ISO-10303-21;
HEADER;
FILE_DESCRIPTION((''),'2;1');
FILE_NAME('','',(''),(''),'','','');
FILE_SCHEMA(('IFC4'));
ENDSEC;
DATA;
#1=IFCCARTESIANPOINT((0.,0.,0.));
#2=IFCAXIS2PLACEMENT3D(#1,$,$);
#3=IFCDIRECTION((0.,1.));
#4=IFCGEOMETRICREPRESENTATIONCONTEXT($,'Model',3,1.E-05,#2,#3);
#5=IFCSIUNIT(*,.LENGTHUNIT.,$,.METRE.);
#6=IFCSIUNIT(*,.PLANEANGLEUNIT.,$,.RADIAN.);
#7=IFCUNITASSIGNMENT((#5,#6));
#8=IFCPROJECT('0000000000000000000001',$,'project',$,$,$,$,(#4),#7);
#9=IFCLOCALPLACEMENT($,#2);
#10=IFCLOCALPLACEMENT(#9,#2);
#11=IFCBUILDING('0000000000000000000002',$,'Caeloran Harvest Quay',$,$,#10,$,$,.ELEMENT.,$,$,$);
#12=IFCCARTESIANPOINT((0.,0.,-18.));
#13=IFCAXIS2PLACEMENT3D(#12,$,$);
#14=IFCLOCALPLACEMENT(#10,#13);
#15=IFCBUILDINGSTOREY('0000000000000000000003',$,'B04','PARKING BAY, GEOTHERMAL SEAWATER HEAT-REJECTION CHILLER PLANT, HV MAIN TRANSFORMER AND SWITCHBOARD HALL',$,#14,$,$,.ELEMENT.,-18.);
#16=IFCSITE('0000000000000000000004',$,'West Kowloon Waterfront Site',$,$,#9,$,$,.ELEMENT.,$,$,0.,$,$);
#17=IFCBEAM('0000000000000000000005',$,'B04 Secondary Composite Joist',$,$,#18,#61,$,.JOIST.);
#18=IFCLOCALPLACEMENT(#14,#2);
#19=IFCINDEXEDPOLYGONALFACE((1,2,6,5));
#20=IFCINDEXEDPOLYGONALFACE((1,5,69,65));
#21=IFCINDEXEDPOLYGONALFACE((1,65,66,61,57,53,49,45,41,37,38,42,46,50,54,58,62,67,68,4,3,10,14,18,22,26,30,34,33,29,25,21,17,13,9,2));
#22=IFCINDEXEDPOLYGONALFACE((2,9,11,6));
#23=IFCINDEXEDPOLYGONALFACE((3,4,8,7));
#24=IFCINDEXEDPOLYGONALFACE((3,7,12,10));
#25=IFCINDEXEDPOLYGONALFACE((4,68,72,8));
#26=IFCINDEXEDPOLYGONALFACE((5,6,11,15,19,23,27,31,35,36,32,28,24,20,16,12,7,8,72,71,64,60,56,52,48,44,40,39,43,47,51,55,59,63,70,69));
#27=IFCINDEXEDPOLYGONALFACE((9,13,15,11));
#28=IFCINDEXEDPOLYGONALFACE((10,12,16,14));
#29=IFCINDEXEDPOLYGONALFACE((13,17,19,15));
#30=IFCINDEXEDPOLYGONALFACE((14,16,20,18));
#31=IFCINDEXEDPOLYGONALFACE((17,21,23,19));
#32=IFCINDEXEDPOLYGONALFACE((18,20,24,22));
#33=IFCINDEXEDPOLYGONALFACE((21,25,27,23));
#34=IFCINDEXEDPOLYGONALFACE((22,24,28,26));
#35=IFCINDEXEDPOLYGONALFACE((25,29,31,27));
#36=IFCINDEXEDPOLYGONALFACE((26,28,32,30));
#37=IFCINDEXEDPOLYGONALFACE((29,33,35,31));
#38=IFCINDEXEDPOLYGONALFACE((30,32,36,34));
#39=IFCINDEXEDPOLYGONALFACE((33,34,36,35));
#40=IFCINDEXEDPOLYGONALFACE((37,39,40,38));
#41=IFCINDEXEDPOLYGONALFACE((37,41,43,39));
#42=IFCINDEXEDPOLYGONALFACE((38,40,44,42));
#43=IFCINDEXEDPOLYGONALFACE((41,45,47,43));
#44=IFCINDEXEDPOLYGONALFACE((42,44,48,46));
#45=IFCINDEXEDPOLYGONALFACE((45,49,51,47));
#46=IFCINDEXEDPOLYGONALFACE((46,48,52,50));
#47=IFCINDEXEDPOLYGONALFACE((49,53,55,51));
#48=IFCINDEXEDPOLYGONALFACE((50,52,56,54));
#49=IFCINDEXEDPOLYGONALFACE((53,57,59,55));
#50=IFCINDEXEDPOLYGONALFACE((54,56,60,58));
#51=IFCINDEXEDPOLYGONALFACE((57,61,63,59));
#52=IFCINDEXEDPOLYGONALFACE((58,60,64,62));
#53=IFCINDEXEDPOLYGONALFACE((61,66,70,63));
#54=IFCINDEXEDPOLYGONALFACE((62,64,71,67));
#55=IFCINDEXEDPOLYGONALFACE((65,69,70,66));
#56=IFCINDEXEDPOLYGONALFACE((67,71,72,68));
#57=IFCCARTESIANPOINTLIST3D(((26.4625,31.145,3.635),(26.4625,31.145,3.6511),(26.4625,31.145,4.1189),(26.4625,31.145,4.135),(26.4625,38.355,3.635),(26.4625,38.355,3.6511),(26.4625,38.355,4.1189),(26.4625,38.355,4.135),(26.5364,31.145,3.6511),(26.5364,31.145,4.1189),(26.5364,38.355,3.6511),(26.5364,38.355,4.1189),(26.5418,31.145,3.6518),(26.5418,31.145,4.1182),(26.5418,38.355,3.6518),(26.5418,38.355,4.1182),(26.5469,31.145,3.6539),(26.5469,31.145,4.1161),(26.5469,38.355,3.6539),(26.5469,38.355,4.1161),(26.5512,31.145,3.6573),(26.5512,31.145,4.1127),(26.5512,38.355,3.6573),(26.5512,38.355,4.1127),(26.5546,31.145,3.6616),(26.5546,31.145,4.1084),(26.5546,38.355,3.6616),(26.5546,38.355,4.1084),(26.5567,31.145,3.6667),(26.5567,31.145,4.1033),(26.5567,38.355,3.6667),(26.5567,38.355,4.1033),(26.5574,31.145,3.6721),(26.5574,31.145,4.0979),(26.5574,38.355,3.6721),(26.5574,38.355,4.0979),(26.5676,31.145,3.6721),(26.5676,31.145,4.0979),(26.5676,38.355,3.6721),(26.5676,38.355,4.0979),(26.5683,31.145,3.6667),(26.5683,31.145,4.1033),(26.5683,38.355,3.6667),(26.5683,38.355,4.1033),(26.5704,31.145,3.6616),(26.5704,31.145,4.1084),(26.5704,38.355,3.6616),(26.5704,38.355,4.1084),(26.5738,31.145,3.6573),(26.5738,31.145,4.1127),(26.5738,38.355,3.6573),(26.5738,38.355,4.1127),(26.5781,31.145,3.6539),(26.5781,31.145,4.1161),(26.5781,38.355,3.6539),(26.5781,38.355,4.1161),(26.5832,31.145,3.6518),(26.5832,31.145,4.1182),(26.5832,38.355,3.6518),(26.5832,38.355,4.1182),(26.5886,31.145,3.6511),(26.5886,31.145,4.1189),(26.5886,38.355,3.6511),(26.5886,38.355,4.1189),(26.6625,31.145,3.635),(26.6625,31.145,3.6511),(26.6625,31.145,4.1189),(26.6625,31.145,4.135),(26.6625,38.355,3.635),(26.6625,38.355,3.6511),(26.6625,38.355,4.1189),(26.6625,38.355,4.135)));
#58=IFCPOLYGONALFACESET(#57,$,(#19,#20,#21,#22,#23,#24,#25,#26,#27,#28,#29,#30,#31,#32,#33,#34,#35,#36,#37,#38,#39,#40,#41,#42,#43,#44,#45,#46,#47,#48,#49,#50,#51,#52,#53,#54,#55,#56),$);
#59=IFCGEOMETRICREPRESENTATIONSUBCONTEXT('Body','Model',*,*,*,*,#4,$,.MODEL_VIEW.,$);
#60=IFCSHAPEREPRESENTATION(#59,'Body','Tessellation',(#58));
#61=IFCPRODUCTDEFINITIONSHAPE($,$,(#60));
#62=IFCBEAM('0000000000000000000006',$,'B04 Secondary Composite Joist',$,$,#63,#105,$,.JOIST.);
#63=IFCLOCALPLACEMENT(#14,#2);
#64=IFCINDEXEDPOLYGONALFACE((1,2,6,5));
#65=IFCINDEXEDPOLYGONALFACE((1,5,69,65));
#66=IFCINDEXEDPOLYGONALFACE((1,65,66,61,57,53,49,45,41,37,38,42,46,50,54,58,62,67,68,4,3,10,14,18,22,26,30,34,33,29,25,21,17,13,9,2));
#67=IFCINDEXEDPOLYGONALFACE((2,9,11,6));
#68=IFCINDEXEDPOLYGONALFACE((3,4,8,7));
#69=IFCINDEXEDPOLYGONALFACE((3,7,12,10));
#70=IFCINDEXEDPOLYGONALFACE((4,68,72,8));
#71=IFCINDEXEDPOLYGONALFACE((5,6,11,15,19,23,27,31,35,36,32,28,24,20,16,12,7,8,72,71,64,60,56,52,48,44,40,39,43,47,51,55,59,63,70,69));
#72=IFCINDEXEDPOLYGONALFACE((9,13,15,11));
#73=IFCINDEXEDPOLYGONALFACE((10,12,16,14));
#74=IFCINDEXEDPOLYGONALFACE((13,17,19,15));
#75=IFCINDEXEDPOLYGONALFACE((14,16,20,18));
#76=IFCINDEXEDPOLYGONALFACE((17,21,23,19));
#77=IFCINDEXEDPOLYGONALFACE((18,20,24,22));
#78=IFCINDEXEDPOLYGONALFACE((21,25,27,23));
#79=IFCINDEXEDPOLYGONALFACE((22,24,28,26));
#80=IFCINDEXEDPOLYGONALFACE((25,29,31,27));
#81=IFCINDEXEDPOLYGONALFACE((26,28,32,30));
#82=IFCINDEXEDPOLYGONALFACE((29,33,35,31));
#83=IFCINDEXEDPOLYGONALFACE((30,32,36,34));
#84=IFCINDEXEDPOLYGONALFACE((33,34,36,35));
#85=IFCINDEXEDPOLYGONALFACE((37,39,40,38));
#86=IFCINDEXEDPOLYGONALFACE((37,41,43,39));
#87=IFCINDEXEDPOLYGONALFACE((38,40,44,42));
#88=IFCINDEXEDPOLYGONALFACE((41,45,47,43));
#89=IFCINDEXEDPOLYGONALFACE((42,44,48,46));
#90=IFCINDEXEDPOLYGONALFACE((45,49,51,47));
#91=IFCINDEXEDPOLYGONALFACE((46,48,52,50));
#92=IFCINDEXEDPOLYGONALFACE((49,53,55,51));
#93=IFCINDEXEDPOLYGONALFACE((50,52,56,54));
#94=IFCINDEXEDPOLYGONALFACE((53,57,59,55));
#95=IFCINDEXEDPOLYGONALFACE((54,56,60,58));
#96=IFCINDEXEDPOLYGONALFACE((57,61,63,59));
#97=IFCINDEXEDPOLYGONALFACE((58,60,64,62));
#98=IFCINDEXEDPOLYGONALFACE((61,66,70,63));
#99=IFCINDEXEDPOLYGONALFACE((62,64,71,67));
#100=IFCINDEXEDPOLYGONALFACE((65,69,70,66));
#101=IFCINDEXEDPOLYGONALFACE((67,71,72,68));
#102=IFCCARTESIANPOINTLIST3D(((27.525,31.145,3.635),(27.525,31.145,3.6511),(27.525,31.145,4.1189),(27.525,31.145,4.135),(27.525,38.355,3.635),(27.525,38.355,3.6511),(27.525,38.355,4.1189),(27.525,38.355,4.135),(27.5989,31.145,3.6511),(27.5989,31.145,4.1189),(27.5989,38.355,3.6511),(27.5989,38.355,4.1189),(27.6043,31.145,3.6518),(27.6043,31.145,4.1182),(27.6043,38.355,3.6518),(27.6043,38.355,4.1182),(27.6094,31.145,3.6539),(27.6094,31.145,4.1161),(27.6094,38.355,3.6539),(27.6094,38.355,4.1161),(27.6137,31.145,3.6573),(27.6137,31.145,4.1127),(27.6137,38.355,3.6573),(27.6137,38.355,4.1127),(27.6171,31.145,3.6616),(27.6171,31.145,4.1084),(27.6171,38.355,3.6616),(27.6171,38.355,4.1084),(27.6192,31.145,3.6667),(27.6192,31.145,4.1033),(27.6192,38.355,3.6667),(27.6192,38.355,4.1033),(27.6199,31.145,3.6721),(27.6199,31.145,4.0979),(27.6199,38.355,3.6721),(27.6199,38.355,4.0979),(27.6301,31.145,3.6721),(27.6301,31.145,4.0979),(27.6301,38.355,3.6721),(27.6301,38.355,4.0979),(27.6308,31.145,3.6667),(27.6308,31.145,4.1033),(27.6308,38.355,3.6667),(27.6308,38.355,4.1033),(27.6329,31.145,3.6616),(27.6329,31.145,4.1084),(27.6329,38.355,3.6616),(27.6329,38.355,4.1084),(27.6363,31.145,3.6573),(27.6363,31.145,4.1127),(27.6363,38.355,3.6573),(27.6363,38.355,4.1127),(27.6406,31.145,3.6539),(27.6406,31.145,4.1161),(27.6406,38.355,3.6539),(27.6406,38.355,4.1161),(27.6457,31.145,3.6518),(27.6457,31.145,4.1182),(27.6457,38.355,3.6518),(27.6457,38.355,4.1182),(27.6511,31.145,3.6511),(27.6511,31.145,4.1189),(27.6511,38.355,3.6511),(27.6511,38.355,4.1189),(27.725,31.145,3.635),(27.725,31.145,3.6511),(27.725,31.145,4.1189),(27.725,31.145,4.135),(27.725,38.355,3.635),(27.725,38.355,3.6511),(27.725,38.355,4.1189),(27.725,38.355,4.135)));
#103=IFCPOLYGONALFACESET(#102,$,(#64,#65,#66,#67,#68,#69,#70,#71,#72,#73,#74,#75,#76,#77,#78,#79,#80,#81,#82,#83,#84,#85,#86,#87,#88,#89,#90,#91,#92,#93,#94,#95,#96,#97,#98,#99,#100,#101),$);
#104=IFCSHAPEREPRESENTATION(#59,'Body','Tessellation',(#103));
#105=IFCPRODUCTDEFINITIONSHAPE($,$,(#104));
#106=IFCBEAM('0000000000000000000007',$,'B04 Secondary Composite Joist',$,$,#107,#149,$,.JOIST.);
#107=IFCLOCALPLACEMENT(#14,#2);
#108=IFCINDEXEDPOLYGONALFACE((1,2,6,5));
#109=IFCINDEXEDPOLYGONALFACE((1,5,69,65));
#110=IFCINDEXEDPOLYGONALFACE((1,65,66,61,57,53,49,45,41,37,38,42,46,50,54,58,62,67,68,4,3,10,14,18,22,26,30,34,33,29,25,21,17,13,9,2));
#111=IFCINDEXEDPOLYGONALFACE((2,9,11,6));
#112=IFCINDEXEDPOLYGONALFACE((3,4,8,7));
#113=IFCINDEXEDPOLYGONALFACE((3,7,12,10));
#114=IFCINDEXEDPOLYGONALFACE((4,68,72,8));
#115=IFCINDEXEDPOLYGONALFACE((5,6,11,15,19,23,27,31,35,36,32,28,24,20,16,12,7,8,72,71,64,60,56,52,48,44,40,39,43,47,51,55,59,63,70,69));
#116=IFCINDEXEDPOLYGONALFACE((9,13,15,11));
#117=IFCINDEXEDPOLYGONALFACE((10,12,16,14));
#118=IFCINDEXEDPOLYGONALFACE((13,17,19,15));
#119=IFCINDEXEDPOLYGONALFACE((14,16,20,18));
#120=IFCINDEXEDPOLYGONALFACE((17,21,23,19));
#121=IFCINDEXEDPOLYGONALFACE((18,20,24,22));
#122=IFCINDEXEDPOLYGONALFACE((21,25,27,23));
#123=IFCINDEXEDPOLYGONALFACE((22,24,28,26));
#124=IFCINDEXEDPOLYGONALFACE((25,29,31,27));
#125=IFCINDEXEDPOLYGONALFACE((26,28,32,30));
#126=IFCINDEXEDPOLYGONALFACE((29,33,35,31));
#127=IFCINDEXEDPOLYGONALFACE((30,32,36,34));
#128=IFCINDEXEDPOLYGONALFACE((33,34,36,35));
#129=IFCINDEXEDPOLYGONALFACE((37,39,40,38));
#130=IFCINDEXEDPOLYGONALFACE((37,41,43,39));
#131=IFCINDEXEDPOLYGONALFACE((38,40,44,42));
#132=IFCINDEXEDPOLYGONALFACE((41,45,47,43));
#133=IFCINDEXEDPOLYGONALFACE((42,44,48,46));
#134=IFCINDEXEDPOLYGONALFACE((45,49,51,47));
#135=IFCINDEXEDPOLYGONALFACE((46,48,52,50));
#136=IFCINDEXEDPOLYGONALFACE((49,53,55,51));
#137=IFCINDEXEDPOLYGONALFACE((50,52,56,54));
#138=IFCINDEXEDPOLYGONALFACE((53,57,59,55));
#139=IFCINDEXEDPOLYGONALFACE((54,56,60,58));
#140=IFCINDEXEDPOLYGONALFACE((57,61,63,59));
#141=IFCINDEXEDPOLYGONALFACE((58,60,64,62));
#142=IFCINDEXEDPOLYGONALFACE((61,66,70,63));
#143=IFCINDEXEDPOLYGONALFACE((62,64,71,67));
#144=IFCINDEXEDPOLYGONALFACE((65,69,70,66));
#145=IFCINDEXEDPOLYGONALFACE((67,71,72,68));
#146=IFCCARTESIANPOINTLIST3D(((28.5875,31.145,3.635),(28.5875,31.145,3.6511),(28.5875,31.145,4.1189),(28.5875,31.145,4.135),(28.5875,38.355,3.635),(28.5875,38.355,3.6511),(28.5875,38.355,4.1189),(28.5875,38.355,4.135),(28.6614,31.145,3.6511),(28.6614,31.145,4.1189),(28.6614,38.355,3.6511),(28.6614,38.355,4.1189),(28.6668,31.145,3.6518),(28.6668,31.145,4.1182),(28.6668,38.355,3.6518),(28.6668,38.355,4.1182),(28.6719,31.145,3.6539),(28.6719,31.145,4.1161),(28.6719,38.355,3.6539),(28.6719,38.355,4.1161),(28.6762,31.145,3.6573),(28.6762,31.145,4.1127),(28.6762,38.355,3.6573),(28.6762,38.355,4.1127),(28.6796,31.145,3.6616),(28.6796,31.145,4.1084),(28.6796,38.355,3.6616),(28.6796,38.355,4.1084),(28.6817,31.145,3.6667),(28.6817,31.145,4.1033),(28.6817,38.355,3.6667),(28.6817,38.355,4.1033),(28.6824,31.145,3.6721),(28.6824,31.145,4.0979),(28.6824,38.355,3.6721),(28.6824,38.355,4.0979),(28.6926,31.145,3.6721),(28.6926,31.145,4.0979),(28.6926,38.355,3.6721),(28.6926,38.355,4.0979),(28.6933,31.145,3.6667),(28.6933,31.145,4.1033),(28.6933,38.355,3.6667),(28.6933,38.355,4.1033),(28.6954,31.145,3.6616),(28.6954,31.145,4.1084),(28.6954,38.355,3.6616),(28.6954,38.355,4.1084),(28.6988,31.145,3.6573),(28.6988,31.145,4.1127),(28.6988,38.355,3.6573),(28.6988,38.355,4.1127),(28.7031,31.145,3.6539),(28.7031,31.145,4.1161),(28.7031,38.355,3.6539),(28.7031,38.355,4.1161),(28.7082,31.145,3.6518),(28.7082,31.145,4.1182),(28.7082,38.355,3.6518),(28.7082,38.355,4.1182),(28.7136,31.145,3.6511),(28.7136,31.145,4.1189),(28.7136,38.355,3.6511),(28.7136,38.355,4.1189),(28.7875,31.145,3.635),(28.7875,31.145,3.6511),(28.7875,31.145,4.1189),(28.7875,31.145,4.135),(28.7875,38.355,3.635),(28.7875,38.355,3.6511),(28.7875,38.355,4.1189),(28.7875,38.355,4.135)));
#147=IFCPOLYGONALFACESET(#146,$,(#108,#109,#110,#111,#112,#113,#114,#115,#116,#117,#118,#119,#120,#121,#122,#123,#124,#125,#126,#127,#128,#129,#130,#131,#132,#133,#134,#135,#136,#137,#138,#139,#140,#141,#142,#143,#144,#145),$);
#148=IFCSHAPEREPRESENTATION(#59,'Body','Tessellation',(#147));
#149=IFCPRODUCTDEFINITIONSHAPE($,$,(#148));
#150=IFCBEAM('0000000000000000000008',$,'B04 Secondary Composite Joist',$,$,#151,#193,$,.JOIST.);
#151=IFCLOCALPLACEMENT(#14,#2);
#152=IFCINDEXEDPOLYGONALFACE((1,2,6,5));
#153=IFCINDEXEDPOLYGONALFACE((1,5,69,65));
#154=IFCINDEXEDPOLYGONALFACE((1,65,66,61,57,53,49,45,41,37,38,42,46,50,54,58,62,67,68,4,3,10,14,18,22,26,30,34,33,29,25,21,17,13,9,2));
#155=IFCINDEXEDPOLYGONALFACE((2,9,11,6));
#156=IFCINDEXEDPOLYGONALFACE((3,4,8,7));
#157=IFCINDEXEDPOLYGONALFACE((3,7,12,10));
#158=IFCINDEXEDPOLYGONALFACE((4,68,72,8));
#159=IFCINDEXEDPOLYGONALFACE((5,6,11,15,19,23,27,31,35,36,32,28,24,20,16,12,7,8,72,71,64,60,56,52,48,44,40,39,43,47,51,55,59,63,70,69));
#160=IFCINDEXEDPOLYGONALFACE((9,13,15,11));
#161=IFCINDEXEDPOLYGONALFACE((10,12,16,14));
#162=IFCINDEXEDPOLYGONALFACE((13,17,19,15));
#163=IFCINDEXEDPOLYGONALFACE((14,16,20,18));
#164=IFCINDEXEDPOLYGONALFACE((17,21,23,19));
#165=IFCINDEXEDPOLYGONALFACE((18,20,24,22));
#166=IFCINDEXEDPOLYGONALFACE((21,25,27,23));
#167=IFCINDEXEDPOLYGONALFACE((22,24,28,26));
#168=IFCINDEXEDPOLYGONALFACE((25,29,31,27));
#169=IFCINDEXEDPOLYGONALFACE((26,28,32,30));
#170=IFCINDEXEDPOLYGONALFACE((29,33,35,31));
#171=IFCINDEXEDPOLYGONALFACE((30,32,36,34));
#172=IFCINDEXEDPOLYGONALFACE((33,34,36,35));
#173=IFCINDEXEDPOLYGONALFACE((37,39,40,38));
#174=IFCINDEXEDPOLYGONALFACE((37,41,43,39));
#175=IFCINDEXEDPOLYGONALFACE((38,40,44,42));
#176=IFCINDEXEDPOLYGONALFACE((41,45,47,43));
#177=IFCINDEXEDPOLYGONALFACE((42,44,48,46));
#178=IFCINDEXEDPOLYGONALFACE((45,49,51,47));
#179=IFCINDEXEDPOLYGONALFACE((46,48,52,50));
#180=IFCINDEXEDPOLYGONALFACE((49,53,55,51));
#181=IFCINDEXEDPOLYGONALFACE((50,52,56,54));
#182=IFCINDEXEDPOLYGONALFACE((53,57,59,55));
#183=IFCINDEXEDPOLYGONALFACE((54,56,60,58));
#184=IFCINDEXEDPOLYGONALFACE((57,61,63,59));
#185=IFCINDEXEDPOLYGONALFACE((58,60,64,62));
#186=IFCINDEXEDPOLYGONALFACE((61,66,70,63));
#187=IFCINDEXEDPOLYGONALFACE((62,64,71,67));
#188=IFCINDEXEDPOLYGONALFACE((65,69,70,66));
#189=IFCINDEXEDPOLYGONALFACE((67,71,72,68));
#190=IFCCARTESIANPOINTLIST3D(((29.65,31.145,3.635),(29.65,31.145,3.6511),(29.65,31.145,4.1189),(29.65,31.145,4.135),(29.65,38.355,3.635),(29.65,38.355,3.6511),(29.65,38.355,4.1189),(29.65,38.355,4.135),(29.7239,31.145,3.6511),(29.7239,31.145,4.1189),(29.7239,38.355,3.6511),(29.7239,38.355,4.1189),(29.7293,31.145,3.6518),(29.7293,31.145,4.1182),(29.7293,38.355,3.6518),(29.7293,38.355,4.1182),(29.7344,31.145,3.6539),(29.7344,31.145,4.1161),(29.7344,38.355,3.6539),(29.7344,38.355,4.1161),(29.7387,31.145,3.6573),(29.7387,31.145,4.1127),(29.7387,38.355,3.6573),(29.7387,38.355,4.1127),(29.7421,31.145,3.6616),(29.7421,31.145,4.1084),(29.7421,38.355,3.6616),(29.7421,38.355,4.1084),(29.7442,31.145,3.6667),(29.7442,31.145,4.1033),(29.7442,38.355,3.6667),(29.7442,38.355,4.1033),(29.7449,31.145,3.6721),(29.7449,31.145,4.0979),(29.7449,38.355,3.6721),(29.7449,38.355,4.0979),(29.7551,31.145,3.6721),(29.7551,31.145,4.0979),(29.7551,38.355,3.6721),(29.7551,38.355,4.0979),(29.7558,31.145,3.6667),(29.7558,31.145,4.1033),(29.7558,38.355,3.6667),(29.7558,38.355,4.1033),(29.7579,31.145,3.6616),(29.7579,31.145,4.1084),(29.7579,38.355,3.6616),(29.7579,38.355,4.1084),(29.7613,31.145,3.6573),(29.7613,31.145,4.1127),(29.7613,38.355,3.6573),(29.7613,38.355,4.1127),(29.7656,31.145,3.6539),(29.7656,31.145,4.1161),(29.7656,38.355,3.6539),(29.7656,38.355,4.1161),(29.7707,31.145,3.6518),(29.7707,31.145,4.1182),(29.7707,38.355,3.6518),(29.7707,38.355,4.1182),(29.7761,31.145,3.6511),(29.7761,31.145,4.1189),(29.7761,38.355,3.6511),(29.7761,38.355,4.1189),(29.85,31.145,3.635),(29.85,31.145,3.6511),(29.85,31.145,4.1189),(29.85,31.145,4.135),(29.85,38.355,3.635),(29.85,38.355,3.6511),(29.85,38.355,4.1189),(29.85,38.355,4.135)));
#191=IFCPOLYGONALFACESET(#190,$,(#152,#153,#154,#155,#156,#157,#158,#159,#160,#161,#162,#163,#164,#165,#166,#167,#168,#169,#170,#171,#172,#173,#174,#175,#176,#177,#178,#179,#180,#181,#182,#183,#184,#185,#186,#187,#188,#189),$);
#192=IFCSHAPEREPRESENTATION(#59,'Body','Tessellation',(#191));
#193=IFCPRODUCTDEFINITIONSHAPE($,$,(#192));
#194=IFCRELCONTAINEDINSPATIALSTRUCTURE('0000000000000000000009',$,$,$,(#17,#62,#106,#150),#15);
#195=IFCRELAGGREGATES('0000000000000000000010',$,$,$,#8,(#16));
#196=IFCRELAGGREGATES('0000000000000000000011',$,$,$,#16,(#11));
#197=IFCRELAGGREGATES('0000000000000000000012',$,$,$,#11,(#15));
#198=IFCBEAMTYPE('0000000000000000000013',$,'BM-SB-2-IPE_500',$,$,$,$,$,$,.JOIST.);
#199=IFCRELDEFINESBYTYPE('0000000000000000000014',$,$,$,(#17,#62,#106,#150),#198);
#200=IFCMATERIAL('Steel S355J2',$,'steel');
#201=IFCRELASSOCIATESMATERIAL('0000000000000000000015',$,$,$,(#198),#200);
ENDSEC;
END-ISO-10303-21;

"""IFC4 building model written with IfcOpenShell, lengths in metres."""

from ifc_helpers import new_model, si_unit, direction, frame, origin, origin_2d, place, context, subcontext, project, spatial, i_section, extrude, material, material_profile, profile_set, type_object, element, save


model = new_model("IFC4")

# Units and contexts
model_context = context("Model", 3, precision=1e-05, world=origin(), true_north=direction((0.0, 1.0)))
body_context = subcontext(model_context, "Body", "Model", "MODEL_VIEW")
ifc_project = project(units=[si_unit("LENGTHUNIT", "METRE"), si_unit("PLANEANGLEUNIT", "RADIAN")], contexts=[model_context])

# Site, building, storey
site_placement = place(None, origin())
site = spatial("IfcSite", under=ifc_project, at=site_placement, Name="West Kowloon Waterfront Site", CompositionType="ELEMENT", RefElevation=0.0)
building_placement = place(site_placement, origin())
building = spatial("IfcBuilding", under=site, at=building_placement, Name="Caeloran Harvest Quay", CompositionType="ELEMENT")
storey_placement = place(building_placement, frame((0.0, 0.0, -18.0)))
storey = spatial("IfcBuildingStorey", under=building, at=storey_placement, Name="B04", Description="PARKING BAY, GEOTHERMAL SEAWATER HEAT-REJECTION CHILLER PLANT, HV MAIN TRANSFORMER AND SWITCHBOARD HALL", CompositionType="ELEMENT", Elevation=-18.0)

# Beams
ifc_material_1 = material(Name="Steel S355J2", Category="steel")
ifc_material_profile_1 = material_profile(ifc_material_1, i_section(OverallWidth=0.2, OverallDepth=0.5, WebThickness=0.0103, FlangeThickness=0.0161, FilletRadius=0.021, at=origin_2d()), Name="IPE 500")
ifc_profile_set_1 = profile_set([ifc_material_profile_1], Name="Steel S355J2")
beam_type_1 = type_object("IfcBeamType", Name="BM-SB-2-IPE_500", PredefinedType="JOIST", material=ifc_profile_set_1)
for number, where, z_axis, x_axis, name in (
    (1, (26.5625, 31.145, 3.885), (0.0, 1.0, 0.0), (-1.0, 0.0, 0.0), "B04 Secondary Composite Joist"),
    (2, (27.625, 31.145, 3.885), (0.0, 1.0, 0.0), (-1.0, 0.0, 0.0), "B04 Secondary Composite Joist"),
    (3, (28.6875, 31.145, 3.885), (0.0, 1.0, 0.0), (-1.0, 0.0, 0.0), "B04 Secondary Composite Joist"),
    (4, (29.75, 31.145, 3.885), (0.0, 1.0, 0.0), (-1.0, 0.0, 0.0), "B04 Secondary Composite Joist"),
):
    element("IfcBeam", number, at=place(storey_placement, frame(where, z_axis=z_axis, x_axis=x_axis)), inside=storey, type_object=beam_type_1, Name=name, PredefinedType="JOIST", context=body_context, shape_type="SweptSolid", body=[
        extrude(i_section(OverallWidth=0.2, OverallDepth=0.5, WebThickness=0.0103, FlangeThickness=0.0161, FilletRadius=0.021, at=origin_2d()), origin(), (0.0, 0.0, 1.0), 7.21),
    ])

save(model, "model.ifc")
